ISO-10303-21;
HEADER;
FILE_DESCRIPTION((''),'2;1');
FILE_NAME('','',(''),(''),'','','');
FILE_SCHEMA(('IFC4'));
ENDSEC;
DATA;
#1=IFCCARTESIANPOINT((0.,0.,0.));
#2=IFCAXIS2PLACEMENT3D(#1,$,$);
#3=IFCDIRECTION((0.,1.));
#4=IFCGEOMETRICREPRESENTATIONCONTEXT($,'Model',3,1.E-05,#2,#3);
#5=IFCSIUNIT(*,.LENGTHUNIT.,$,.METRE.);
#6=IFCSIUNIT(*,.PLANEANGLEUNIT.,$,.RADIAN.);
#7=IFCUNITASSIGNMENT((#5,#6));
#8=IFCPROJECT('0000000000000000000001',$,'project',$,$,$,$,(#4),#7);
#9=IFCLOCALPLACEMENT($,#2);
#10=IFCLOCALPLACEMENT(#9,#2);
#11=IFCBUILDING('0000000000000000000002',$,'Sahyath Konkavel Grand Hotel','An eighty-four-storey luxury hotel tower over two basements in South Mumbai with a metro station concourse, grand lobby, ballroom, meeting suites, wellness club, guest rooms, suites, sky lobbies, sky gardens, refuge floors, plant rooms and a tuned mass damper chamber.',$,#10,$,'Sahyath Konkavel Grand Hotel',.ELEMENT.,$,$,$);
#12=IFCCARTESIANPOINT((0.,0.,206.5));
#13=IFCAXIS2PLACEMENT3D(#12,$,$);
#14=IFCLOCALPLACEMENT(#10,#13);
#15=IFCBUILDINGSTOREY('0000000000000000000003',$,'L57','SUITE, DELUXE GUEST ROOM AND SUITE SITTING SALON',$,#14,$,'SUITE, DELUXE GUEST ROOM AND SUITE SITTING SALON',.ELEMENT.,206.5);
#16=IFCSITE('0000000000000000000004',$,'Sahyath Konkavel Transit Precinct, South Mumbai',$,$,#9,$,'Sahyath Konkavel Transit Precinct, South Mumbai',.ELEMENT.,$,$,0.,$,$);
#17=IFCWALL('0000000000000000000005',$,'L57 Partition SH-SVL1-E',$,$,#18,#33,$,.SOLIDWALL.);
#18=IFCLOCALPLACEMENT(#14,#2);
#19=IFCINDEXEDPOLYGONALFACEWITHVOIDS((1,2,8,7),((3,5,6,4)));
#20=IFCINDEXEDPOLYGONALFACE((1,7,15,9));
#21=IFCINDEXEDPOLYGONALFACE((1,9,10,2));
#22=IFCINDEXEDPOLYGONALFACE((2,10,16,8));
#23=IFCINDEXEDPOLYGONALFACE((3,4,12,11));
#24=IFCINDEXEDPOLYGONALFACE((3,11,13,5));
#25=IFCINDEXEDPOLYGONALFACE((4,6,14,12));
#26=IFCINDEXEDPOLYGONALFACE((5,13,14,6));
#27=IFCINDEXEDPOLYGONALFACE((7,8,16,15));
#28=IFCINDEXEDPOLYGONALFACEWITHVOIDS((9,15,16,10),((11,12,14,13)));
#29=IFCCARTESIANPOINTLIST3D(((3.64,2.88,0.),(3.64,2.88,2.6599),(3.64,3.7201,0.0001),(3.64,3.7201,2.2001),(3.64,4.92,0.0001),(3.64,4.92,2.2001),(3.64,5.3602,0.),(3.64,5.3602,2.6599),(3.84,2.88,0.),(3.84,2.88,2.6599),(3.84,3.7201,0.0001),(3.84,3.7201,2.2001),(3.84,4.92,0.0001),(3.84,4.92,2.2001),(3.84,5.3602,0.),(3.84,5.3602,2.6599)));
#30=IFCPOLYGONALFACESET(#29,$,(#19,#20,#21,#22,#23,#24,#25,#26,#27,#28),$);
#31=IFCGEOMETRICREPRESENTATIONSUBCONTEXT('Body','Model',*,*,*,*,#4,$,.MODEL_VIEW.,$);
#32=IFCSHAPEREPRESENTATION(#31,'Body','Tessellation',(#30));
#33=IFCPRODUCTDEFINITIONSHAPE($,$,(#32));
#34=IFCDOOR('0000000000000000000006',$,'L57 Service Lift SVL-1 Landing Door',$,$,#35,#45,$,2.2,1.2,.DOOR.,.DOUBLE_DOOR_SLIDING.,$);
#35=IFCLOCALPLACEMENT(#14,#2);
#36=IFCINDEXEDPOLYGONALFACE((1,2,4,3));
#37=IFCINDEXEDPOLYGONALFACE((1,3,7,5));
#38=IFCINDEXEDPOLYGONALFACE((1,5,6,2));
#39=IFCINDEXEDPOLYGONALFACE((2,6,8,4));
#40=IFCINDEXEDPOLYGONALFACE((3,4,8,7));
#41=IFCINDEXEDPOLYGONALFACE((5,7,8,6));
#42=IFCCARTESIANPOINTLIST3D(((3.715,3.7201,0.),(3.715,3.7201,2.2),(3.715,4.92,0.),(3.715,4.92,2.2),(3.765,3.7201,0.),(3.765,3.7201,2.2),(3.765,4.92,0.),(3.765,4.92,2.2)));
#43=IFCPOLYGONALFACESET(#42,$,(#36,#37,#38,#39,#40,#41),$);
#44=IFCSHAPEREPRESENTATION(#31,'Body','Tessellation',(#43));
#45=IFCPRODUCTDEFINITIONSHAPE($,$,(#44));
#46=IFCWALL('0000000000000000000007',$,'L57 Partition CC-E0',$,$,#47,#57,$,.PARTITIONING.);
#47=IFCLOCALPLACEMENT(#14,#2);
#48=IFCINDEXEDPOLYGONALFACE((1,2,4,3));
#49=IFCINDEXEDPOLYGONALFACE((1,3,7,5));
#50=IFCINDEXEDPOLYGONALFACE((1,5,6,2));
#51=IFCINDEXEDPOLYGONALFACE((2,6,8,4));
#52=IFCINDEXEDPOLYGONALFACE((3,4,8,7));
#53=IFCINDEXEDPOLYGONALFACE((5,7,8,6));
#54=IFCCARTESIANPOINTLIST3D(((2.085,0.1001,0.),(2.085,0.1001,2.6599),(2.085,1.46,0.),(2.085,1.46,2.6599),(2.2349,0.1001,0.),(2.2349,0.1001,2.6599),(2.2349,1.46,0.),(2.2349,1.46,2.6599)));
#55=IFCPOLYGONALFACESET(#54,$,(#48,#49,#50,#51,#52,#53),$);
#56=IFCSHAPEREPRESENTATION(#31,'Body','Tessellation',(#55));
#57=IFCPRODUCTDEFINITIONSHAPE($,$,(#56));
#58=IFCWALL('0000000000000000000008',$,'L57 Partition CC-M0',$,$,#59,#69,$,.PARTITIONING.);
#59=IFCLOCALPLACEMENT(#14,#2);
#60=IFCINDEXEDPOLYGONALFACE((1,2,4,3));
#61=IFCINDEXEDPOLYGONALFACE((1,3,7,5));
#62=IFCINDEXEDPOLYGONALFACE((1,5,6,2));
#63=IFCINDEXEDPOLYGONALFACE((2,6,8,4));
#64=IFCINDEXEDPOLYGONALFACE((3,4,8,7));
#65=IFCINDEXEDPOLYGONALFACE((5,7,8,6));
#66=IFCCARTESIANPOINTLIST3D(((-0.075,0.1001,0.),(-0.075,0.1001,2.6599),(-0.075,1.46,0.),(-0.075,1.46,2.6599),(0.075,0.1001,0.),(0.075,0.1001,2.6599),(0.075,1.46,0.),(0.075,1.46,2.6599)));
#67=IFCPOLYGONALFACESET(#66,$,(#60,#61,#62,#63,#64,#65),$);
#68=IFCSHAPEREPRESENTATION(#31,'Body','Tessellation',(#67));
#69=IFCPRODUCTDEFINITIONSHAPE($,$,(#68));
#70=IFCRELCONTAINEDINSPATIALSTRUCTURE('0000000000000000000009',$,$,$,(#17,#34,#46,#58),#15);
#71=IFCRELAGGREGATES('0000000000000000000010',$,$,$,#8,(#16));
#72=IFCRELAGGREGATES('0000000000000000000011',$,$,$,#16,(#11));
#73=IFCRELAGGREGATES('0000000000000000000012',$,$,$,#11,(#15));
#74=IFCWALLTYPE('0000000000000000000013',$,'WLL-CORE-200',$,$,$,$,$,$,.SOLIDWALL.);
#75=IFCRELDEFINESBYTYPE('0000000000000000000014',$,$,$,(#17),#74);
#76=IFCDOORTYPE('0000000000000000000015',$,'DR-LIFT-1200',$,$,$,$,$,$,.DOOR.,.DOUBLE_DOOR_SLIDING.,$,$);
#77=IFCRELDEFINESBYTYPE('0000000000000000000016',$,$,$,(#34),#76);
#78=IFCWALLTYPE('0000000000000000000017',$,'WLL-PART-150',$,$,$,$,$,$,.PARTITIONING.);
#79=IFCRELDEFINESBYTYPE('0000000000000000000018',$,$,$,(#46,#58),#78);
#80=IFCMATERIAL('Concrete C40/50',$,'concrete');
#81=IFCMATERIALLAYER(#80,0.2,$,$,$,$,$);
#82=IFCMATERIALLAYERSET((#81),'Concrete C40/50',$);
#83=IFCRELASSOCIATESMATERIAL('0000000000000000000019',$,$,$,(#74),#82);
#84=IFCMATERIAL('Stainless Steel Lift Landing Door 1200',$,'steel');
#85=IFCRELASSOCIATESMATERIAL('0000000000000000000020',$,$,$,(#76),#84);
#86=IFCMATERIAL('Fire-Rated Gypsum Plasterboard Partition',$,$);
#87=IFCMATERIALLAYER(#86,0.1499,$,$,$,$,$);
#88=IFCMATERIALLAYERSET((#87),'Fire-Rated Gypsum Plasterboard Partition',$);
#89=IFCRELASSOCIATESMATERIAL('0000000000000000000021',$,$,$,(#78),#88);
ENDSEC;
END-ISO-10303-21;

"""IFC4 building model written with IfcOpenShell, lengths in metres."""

from ifc_helpers import new_model, si_unit, direction, frame, frame_2d, origin, origin_2d, place, context, subcontext, project, spatial, rectangle, extrude, source, transform, mapped, material, layer, layer_set, type_object, element, fill, save


model = new_model("IFC4")

# Units and contexts
model_context = context("Model", 3, precision=1e-05, world=origin(), true_north=direction((0.0, 1.0)))
body_context = subcontext(model_context, "Body", "Model", "MODEL_VIEW")
ifc_project = project(units=[si_unit("LENGTHUNIT", "METRE"), si_unit("PLANEANGLEUNIT", "RADIAN")], contexts=[model_context])

# Site, building, storey
site_placement = place(None, origin())
site = spatial("IfcSite", under=ifc_project, at=site_placement, Name="Sahyath Konkavel Transit Precinct, South Mumbai", LongName="Sahyath Konkavel Transit Precinct, South Mumbai", CompositionType="ELEMENT", RefElevation=0.0)
building_placement = place(site_placement, origin())
building = spatial("IfcBuilding", under=site, at=building_placement, Name="Sahyath Konkavel Grand Hotel", Description="An eighty-four-storey luxury hotel tower over two basements in South Mumbai with a metro station concourse, grand lobby, ballroom, meeting suites, wellness club, guest rooms, suites, sky lobbies, sky gardens, refuge floors, plant rooms and a tuned mass damper chamber.", LongName="Sahyath Konkavel Grand Hotel", CompositionType="ELEMENT")
storey_placement = place(building_placement, frame((0.0, 0.0, 206.5)))
storey = spatial("IfcBuildingStorey", under=building, at=storey_placement, Name="L57", Description="SUITE, DELUXE GUEST ROOM AND SUITE SITTING SALON", LongName="SUITE, DELUXE GUEST ROOM AND SUITE SITTING SALON", CompositionType="ELEMENT", Elevation=206.5)

# Shared definitions
ifc_material_1 = material(Name="Concrete C40/50", Category="concrete")

# Shared definitions
ifc_layer_1 = layer(ifc_material_1, 0.2)
ifc_layer_set_1 = layer_set([ifc_layer_1], Name="Concrete C40/50")
wall_type_1 = type_object("IfcWallType", Name="WLL-CORE-200", PredefinedType="SOLIDWALL", material=ifc_layer_set_1)

# Wall, opening, door
wall_1_placement = place(storey_placement, frame((3.74, 2.8799, 0.0), z_axis=(0.0, 0.0, 1.0), x_axis=(0.0, 1.0, 0.0)))
wall_1 = element("IfcWall", 1, at=wall_1_placement, inside=storey, type_object=wall_type_1, Name="L57 Partition SH-SVL1-E", PredefinedType="SOLIDWALL", context=body_context, shape_type="SweptSolid", body=[
    extrude(rectangle(XDim=2.4802, YDim=0.2, at=frame_2d((1.2402, 0.0))), origin(), (0.0, 0.0, 1.0), 2.6599),
])
opening_1_placement = place(wall_1_placement, frame((0.8401, 0.0, 0.0)))
opening_1 = element("IfcOpeningElement", 2, at=opening_1_placement, cuts=wall_1, PredefinedType="OPENING", context=body_context, shape_type="SweptSolid", body=[
    extrude(rectangle(XDim=1.2, YDim=2.2, at=frame_2d((0.6001, 1.1001))), frame((0.0, 0.1099, 0.0), z_axis=(0.0, -1.0, 0.0), x_axis=(1.0, 0.0, 0.0)), (0.0, 0.0, 1.0), 0.22),
])
ifc_material_2 = material(Name="Stainless Steel Lift Landing Door 1200", Category="steel")
door_type_1 = type_object("IfcDoorType", Name="DR-LIFT-1200", OperationType="DOUBLE_DOOR_SLIDING", PredefinedType="DOOR", material=ifc_material_2)
shared_shape_1 = source(origin(), body_context, "Body", "SweptSolid", [
    extrude(rectangle(XDim=1.2, YDim=0.05, at=origin_2d()), origin(), (0.0, 0.0, 1.0), 2.2),
])
door_1_placement = place(opening_1_placement, frame((0.6001, 0.0, 0.0)))
door_1 = element("IfcDoor", 3, at=door_1_placement, inside=storey, type_object=door_type_1, Name="L57 Service Lift SVL-1 Landing Door", OperationType="DOUBLE_DOOR_SLIDING", OverallHeight=2.2, OverallWidth=1.2, PredefinedType="DOOR", context=body_context, shape_type="MappedRepresentation", body=[
    mapped(shared_shape_1, transform((0.0, 0.0, 0.0), scale=1.0)),
])
fill(opening_1, door_1)

# Walls
ifc_material_3 = material(Name="Fire-Rated Gypsum Plasterboard Partition")
ifc_layer_2 = layer(ifc_material_3, 0.1499)
ifc_layer_set_2 = layer_set([ifc_layer_2], Name="Fire-Rated Gypsum Plasterboard Partition")
wall_type_2 = type_object("IfcWallType", Name="WLL-PART-150", PredefinedType="PARTITIONING", material=ifc_layer_set_2)
for number, where, z_axis, x_axis, name in (
    (4, (2.1599, 0.1001, 0.0), (0.0, 0.0, 1.0), (0.0, 1.0, 0.0), "L57 Partition CC-E0"),
    (5, (0.0, 0.1001, 0.0), (0.0, 0.0, 1.0), (0.0, 1.0, 0.0), "L57 Partition CC-M0"),
):
    element("IfcWall", number, at=place(storey_placement, frame(where, z_axis=z_axis, x_axis=x_axis)), inside=storey, type_object=wall_type_2, Name=name, PredefinedType="PARTITIONING", context=body_context, shape_type="SweptSolid", body=[
        extrude(rectangle(XDim=1.3599, YDim=0.1499, at=frame_2d((0.6799, 0.0))), origin(), (0.0, 0.0, 1.0), 2.6599),
    ])

save(model, "model.ifc")
